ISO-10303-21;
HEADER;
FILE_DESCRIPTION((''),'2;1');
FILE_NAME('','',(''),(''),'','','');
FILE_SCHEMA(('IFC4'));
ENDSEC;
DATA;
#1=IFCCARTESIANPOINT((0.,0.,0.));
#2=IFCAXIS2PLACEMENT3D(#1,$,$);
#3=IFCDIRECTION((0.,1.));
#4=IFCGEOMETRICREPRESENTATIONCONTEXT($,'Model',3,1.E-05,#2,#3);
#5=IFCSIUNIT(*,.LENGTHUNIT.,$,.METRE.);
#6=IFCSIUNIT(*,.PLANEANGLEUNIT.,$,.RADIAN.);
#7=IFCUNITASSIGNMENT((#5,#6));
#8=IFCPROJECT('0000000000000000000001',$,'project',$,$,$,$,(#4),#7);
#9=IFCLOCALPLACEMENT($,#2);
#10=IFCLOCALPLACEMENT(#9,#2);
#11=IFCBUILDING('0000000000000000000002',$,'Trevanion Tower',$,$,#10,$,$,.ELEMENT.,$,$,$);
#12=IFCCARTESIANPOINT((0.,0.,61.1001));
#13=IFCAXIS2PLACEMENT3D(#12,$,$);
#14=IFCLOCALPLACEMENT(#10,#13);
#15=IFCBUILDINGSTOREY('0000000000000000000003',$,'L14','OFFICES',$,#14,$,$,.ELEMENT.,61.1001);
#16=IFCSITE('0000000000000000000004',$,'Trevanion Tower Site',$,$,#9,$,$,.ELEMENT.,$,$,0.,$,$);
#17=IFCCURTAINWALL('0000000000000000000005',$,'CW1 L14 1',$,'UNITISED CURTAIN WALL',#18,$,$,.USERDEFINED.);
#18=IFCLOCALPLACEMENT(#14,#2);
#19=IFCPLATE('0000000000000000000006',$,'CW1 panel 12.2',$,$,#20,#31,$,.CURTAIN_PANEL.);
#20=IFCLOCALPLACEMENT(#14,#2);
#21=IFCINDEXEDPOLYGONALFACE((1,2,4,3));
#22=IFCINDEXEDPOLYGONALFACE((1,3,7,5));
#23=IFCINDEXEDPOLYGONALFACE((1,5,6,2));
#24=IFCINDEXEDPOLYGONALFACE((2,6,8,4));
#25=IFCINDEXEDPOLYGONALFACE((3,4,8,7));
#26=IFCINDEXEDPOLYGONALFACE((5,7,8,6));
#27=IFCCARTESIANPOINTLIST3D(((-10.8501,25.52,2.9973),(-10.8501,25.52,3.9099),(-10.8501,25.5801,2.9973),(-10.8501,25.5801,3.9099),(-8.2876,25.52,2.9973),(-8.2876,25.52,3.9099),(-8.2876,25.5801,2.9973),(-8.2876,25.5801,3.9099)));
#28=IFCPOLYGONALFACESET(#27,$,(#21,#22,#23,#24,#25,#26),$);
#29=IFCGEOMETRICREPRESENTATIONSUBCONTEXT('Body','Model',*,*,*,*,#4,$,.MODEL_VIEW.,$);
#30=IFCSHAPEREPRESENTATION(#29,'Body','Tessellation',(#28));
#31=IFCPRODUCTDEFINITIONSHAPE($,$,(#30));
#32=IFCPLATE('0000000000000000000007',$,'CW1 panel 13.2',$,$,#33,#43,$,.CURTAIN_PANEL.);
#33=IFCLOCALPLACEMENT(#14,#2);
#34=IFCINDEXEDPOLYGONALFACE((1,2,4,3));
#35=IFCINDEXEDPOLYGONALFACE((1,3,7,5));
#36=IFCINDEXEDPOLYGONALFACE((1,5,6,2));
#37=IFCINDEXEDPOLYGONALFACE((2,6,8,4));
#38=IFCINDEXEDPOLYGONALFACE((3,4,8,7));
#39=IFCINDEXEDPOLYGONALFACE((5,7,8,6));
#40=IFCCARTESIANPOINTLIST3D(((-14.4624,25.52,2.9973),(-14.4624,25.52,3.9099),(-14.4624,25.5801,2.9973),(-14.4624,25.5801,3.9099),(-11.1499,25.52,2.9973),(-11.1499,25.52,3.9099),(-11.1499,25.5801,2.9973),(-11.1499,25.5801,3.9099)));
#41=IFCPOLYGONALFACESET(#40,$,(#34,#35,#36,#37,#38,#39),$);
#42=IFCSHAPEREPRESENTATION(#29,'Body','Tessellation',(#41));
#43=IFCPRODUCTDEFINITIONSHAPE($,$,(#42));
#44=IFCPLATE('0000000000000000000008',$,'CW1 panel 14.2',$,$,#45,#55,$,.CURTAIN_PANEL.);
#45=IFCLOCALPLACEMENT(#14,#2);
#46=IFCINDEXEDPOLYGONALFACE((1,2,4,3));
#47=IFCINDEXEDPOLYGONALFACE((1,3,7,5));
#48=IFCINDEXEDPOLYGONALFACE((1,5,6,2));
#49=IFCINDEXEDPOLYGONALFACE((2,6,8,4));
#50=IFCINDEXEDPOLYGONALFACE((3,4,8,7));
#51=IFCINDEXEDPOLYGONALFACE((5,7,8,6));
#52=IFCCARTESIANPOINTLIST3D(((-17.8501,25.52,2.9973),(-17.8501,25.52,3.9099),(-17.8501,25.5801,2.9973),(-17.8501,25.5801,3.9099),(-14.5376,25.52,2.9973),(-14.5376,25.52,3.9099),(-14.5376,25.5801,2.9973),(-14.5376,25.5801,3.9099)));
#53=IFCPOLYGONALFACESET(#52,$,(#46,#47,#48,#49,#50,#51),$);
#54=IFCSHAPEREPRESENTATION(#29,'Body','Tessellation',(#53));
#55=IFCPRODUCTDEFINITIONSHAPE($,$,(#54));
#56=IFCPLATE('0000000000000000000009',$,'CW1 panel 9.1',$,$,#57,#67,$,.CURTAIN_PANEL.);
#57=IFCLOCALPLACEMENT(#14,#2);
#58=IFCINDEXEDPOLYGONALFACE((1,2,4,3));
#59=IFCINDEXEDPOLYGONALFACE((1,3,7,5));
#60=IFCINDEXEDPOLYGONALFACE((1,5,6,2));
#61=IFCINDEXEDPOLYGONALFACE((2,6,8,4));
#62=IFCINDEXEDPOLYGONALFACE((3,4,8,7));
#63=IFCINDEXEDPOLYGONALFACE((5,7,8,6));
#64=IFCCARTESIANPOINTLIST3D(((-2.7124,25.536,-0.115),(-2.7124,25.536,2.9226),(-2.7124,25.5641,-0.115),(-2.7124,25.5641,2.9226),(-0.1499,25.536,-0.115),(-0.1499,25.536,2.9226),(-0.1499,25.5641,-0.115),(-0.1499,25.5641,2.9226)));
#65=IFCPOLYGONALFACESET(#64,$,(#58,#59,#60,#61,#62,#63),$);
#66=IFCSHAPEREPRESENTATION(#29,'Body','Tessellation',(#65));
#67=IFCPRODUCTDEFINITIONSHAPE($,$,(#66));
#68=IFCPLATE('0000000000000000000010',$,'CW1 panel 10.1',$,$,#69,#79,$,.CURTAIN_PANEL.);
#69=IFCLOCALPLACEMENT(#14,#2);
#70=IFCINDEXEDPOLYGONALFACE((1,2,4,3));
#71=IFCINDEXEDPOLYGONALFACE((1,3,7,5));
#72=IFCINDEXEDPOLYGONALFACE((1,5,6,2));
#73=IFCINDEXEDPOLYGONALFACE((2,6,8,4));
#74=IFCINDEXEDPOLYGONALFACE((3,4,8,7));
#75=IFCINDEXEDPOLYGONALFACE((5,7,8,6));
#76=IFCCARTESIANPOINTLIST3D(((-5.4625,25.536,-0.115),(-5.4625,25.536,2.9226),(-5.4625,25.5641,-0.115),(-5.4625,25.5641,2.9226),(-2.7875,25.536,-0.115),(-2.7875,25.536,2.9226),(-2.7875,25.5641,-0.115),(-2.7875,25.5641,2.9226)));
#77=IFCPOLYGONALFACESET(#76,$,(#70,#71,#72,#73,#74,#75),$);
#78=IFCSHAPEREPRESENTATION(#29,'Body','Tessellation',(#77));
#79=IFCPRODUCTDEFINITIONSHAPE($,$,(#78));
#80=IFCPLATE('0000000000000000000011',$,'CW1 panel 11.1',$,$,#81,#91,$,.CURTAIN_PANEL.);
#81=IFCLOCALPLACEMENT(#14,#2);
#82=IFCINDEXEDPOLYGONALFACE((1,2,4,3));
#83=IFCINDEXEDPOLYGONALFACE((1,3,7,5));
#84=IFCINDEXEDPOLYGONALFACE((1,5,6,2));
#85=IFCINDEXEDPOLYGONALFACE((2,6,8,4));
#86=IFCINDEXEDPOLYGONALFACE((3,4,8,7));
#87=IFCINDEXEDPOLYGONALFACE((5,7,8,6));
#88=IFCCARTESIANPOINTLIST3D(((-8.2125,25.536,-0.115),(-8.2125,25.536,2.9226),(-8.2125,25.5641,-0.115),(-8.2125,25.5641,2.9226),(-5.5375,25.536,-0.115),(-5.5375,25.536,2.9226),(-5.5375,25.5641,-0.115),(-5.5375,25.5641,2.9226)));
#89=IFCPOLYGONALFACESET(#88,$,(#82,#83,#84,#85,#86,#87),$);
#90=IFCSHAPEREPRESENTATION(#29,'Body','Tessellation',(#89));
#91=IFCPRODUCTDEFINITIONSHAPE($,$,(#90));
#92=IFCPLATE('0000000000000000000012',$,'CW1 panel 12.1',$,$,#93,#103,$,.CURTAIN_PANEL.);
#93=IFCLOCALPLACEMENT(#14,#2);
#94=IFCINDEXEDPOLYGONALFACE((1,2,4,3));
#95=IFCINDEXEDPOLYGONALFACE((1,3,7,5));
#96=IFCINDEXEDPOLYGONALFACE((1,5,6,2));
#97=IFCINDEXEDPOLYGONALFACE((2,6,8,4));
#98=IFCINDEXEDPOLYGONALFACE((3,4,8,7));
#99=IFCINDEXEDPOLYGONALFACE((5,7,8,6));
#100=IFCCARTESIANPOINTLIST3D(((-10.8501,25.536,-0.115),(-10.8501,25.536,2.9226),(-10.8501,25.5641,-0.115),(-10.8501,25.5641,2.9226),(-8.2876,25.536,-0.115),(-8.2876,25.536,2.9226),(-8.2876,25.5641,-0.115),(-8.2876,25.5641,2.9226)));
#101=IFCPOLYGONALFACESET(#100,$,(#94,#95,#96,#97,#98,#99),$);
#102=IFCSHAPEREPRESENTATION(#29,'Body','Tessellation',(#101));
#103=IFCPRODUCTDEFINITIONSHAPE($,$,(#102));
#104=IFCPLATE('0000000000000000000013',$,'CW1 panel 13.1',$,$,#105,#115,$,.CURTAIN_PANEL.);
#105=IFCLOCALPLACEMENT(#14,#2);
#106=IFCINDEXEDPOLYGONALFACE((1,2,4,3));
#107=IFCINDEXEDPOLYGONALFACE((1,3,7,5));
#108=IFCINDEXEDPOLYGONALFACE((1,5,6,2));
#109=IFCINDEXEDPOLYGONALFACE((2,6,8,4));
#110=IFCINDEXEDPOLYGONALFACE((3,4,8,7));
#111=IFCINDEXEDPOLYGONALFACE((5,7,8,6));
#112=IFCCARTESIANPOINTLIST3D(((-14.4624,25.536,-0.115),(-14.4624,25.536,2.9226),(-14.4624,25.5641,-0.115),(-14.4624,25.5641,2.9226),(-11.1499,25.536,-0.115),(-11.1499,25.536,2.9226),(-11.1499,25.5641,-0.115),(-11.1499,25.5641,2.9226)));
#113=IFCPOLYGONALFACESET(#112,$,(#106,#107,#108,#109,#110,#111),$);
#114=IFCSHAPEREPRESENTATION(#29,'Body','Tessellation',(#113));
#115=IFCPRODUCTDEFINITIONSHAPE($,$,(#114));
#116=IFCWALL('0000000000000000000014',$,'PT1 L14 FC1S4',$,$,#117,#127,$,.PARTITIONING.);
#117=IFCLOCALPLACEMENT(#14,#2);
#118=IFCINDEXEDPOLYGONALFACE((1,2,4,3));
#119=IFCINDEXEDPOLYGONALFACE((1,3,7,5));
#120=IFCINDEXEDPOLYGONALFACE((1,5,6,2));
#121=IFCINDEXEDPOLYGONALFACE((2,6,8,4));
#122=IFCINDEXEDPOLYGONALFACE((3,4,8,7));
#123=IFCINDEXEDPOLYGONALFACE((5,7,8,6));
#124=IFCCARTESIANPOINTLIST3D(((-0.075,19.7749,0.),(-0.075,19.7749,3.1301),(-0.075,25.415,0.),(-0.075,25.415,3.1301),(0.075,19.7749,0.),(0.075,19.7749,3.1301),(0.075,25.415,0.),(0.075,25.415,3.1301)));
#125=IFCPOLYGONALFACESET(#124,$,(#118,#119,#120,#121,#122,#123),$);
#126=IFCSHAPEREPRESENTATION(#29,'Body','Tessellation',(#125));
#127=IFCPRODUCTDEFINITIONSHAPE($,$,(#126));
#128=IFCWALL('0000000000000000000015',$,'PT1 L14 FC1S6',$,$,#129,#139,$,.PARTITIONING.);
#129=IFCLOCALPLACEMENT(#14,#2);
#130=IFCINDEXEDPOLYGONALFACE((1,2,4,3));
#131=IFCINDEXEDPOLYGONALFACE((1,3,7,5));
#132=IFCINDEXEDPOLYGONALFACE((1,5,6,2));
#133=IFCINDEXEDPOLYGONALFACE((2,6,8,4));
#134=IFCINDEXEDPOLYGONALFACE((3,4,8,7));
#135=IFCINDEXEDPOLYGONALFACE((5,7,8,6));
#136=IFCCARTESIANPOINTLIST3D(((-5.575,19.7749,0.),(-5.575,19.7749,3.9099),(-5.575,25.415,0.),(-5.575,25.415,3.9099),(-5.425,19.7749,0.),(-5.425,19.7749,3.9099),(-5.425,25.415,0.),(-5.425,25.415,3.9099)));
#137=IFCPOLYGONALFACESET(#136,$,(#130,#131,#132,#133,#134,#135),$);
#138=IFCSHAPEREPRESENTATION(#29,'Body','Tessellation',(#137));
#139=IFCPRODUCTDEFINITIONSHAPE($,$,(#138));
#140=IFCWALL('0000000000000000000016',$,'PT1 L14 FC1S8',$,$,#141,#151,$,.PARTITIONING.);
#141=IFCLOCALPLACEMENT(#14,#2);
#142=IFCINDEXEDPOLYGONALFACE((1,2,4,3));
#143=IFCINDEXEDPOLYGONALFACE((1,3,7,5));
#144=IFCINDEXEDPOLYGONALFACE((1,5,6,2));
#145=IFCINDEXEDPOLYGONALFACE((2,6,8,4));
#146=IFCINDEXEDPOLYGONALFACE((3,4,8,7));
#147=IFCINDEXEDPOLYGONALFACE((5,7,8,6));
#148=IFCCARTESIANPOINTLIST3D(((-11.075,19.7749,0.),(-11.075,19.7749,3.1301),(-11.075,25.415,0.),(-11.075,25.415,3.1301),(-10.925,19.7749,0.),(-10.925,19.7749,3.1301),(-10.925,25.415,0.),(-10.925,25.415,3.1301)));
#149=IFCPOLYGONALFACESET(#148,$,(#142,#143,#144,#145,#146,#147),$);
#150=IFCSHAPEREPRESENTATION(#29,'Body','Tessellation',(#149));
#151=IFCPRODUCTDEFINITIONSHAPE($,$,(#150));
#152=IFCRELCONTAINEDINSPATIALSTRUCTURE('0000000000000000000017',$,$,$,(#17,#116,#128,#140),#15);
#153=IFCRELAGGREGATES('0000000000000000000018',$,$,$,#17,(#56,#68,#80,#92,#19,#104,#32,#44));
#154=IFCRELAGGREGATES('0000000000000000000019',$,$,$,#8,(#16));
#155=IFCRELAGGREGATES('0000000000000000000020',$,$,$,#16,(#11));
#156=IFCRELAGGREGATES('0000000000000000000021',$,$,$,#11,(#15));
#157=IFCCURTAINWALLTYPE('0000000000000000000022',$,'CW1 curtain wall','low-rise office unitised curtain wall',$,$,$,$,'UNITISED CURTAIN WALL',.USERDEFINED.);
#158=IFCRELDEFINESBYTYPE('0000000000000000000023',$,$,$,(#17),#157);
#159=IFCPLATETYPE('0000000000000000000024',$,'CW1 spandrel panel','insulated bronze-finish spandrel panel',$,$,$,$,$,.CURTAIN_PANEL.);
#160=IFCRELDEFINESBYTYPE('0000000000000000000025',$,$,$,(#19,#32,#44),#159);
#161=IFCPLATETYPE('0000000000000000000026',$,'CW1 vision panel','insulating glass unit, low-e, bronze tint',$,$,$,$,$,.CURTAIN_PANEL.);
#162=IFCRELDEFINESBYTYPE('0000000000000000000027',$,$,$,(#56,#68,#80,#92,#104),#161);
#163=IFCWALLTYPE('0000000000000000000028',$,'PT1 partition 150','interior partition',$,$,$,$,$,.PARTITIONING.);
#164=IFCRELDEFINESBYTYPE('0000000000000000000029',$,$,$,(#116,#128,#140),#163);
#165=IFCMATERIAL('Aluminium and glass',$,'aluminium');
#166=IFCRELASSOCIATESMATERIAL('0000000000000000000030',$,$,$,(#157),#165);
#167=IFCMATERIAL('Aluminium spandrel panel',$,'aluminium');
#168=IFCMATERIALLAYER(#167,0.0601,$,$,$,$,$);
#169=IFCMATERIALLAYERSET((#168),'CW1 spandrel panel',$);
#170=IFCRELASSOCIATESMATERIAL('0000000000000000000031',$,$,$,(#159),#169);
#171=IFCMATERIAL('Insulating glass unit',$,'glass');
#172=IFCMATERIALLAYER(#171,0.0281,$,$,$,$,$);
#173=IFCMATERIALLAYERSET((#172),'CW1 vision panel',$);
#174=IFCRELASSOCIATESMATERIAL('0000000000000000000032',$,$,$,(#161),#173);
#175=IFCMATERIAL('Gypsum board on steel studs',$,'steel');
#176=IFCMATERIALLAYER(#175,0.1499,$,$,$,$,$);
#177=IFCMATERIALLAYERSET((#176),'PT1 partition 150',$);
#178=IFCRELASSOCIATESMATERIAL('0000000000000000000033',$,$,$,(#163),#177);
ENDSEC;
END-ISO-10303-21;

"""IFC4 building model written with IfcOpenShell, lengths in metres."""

from ifc_helpers import new_model, si_unit, direction, frame, frame_2d, origin, origin_2d, place, context, subcontext, project, spatial, rectangle, extrude, material, layer, layer_set, type_object, element, aggregate, save


model = new_model("IFC4")

# Units and contexts
model_context = context("Model", 3, precision=1e-05, world=origin(), true_north=direction((0.0, 1.0)))
body_context = subcontext(model_context, "Body", "Model", "MODEL_VIEW")
ifc_project = project(units=[si_unit("LENGTHUNIT", "METRE"), si_unit("PLANEANGLEUNIT", "RADIAN")], contexts=[model_context])

# Site, building, storey
site_placement = place(None, origin())
site = spatial("IfcSite", under=ifc_project, at=site_placement, Name="Trevanion Tower Site", CompositionType="ELEMENT", RefElevation=0.0)
building_placement = place(site_placement, origin())
building = spatial("IfcBuilding", under=site, at=building_placement, Name="Trevanion Tower", CompositionType="ELEMENT")
storey_placement = place(building_placement, frame((0.0, 0.0, 61.1001)))
storey = spatial("IfcBuildingStorey", under=building, at=storey_placement, Name="L14", Description="OFFICES", CompositionType="ELEMENT", Elevation=61.1001)

# Curtain wall
ifc_material_1 = material(Name="Aluminium and glass", Category="aluminium")
curtain_wall_type = type_object("IfcCurtainWallType", Name="CW1 curtain wall", Description="low-rise office unitised curtain wall", ElementType="UNITISED CURTAIN WALL", PredefinedType="USERDEFINED", material=ifc_material_1)
curtain_wall_placement = place(storey_placement, origin())
curtain_wall = element("IfcCurtainWall", 1, at=curtain_wall_placement, inside=storey, type_object=curtain_wall_type, Name="CW1 L14 1", ObjectType="UNITISED CURTAIN WALL", PredefinedType="USERDEFINED")

# Plates
ifc_material_2 = material(Name="Aluminium spandrel panel", Category="aluminium")
ifc_layer_1 = layer(ifc_material_2, 0.0601)
ifc_layer_set_1 = layer_set([ifc_layer_1], Name="CW1 spandrel panel")
plate_type_1 = type_object("IfcPlateType", Name="CW1 spandrel panel", Description="insulated bronze-finish spandrel panel", PredefinedType="CURTAIN_PANEL", material=ifc_layer_set_1)
plate_1_placement = place(storey_placement, frame((-9.5688, 25.55, 2.9973), z_axis=(0.0, 0.0, 1.0), x_axis=(-1.0, 0.0, 0.0)))
plate_1 = element("IfcPlate", 2, at=plate_1_placement, type_object=plate_type_1, Name="CW1 panel 12.2", PredefinedType="CURTAIN_PANEL", context=body_context, shape_type="SweptSolid", body=[
    extrude(rectangle(XDim=2.5625, YDim=0.0601, at=origin_2d()), origin(), (0.0, 0.0, 1.0), 0.9126),
])
plate_2_placement = place(storey_placement, frame((-12.8062, 25.55, 2.9973), z_axis=(0.0, 0.0, 1.0), x_axis=(-1.0, 0.0, 0.0)))
plate_2 = element("IfcPlate", 3, at=plate_2_placement, type_object=plate_type_1, Name="CW1 panel 13.2", PredefinedType="CURTAIN_PANEL", context=body_context, shape_type="SweptSolid", body=[
    extrude(rectangle(XDim=3.3125, YDim=0.0601, at=origin_2d()), origin(), (0.0, 0.0, 1.0), 0.9126),
])
plate_3_placement = place(storey_placement, frame((-16.1938, 25.55, 2.9973), z_axis=(0.0, 0.0, 1.0), x_axis=(-1.0, 0.0, 0.0)))
plate_3 = element("IfcPlate", 4, at=plate_3_placement, type_object=plate_type_1, Name="CW1 panel 14.2", PredefinedType="CURTAIN_PANEL", context=body_context, shape_type="SweptSolid", body=[
    extrude(rectangle(XDim=3.3125, YDim=0.0601, at=origin_2d()), origin(), (0.0, 0.0, 1.0), 0.9126),
])
ifc_material_3 = material(Name="Insulating glass unit", Category="glass")
ifc_layer_2 = layer(ifc_material_3, 0.0281)
ifc_layer_set_2 = layer_set([ifc_layer_2], Name="CW1 vision panel")
plate_type_2 = type_object("IfcPlateType", Name="CW1 vision panel", Description="insulating glass unit, low-e, bronze tint", PredefinedType="CURTAIN_PANEL", material=ifc_layer_set_2)
plate_4_placement = place(storey_placement, frame((-1.4312, 25.55, -0.115), z_axis=(0.0, 0.0, 1.0), x_axis=(-1.0, 0.0, 0.0)))
plate_4 = element("IfcPlate", 5, at=plate_4_placement, type_object=plate_type_2, Name="CW1 panel 9.1", PredefinedType="CURTAIN_PANEL", context=body_context, shape_type="SweptSolid", body=[
    extrude(rectangle(XDim=2.5625, YDim=0.0281, at=origin_2d()), origin(), (0.0, 0.0, 1.0), 3.0376),
])
plate_5_placement = place(storey_placement, frame((-4.125, 25.55, -0.115), z_axis=(0.0, 0.0, 1.0), x_axis=(-1.0, 0.0, 0.0)))
plate_5 = element("IfcPlate", 6, at=plate_5_placement, type_object=plate_type_2, Name="CW1 panel 10.1", PredefinedType="CURTAIN_PANEL", context=body_context, shape_type="SweptSolid", body=[
    extrude(rectangle(XDim=2.675, YDim=0.0281, at=origin_2d()), origin(), (0.0, 0.0, 1.0), 3.0376),
])
plate_6_placement = place(storey_placement, frame((-6.875, 25.55, -0.115), z_axis=(0.0, 0.0, 1.0), x_axis=(-1.0, 0.0, 0.0)))
plate_6 = element("IfcPlate", 7, at=plate_6_placement, type_object=plate_type_2, Name="CW1 panel 11.1", PredefinedType="CURTAIN_PANEL", context=body_context, shape_type="SweptSolid", body=[
    extrude(rectangle(XDim=2.675, YDim=0.0281, at=origin_2d()), origin(), (0.0, 0.0, 1.0), 3.0376),
])
plate_7_placement = place(storey_placement, frame((-9.5688, 25.55, -0.115), z_axis=(0.0, 0.0, 1.0), x_axis=(-1.0, 0.0, 0.0)))
plate_7 = element("IfcPlate", 8, at=plate_7_placement, type_object=plate_type_2, Name="CW1 panel 12.1", PredefinedType="CURTAIN_PANEL", context=body_context, shape_type="SweptSolid", body=[
    extrude(rectangle(XDim=2.5625, YDim=0.0281, at=origin_2d()), origin(), (0.0, 0.0, 1.0), 3.0376),
])
plate_8_placement = place(storey_placement, frame((-12.8062, 25.55, -0.115), z_axis=(0.0, 0.0, 1.0), x_axis=(-1.0, 0.0, 0.0)))
plate_8 = element("IfcPlate", 9, at=plate_8_placement, type_object=plate_type_2, Name="CW1 panel 13.1", PredefinedType="CURTAIN_PANEL", context=body_context, shape_type="SweptSolid", body=[
    extrude(rectangle(XDim=3.3125, YDim=0.0281, at=origin_2d()), origin(), (0.0, 0.0, 1.0), 3.0376),
])
aggregate(curtain_wall, [plate_4, plate_5, plate_6, plate_7, plate_1, plate_8, plate_2, plate_3])

# Walls
ifc_material_4 = material(Name="Gypsum board on steel studs", Category="steel")
ifc_layer_3 = layer(ifc_material_4, 0.1499)
ifc_layer_set_3 = layer_set([ifc_layer_3], Name="PT1 partition 150")
wall_type = type_object("IfcWallType", Name="PT1 partition 150", Description="interior partition", PredefinedType="PARTITIONING", material=ifc_layer_set_3)
wall_1_placement = place(storey_placement, frame((0.0, 19.7749, 0.0), z_axis=(0.0, 0.0, 1.0), x_axis=(0.0, 1.0, 0.0)))
element("IfcWall", 10, at=wall_1_placement, inside=storey, type_object=wall_type, Name="PT1 L14 FC1S4", PredefinedType="PARTITIONING", context=body_context, shape_type="SweptSolid", body=[
    extrude(rectangle(XDim=5.6401, YDim=0.1499, at=frame_2d((2.8201, 0.0))), origin(), (0.0, 0.0, 1.0), 3.1301),
])
wall_2_placement = place(storey_placement, frame((-5.5, 19.7749, 0.0), z_axis=(0.0, 0.0, 1.0), x_axis=(0.0, 1.0, 0.0)))
element("IfcWall", 11, at=wall_2_placement, inside=storey, type_object=wall_type, Name="PT1 L14 FC1S6", PredefinedType="PARTITIONING", context=body_context, shape_type="SweptSolid", body=[
    extrude(rectangle(XDim=5.6401, YDim=0.1499, at=frame_2d((2.8201, 0.0))), origin(), (0.0, 0.0, 1.0), 3.9099),
])
wall_3_placement = place(storey_placement, frame((-11.0, 19.7749, 0.0), z_axis=(0.0, 0.0, 1.0), x_axis=(0.0, 1.0, 0.0)))
element("IfcWall", 12, at=wall_3_placement, inside=storey, type_object=wall_type, Name="PT1 L14 FC1S8", PredefinedType="PARTITIONING", context=body_context, shape_type="SweptSolid", body=[
    extrude(rectangle(XDim=5.6401, YDim=0.1499, at=frame_2d((2.8201, 0.0))), origin(), (0.0, 0.0, 1.0), 3.1301),
])

save(model, "model.ifc")
